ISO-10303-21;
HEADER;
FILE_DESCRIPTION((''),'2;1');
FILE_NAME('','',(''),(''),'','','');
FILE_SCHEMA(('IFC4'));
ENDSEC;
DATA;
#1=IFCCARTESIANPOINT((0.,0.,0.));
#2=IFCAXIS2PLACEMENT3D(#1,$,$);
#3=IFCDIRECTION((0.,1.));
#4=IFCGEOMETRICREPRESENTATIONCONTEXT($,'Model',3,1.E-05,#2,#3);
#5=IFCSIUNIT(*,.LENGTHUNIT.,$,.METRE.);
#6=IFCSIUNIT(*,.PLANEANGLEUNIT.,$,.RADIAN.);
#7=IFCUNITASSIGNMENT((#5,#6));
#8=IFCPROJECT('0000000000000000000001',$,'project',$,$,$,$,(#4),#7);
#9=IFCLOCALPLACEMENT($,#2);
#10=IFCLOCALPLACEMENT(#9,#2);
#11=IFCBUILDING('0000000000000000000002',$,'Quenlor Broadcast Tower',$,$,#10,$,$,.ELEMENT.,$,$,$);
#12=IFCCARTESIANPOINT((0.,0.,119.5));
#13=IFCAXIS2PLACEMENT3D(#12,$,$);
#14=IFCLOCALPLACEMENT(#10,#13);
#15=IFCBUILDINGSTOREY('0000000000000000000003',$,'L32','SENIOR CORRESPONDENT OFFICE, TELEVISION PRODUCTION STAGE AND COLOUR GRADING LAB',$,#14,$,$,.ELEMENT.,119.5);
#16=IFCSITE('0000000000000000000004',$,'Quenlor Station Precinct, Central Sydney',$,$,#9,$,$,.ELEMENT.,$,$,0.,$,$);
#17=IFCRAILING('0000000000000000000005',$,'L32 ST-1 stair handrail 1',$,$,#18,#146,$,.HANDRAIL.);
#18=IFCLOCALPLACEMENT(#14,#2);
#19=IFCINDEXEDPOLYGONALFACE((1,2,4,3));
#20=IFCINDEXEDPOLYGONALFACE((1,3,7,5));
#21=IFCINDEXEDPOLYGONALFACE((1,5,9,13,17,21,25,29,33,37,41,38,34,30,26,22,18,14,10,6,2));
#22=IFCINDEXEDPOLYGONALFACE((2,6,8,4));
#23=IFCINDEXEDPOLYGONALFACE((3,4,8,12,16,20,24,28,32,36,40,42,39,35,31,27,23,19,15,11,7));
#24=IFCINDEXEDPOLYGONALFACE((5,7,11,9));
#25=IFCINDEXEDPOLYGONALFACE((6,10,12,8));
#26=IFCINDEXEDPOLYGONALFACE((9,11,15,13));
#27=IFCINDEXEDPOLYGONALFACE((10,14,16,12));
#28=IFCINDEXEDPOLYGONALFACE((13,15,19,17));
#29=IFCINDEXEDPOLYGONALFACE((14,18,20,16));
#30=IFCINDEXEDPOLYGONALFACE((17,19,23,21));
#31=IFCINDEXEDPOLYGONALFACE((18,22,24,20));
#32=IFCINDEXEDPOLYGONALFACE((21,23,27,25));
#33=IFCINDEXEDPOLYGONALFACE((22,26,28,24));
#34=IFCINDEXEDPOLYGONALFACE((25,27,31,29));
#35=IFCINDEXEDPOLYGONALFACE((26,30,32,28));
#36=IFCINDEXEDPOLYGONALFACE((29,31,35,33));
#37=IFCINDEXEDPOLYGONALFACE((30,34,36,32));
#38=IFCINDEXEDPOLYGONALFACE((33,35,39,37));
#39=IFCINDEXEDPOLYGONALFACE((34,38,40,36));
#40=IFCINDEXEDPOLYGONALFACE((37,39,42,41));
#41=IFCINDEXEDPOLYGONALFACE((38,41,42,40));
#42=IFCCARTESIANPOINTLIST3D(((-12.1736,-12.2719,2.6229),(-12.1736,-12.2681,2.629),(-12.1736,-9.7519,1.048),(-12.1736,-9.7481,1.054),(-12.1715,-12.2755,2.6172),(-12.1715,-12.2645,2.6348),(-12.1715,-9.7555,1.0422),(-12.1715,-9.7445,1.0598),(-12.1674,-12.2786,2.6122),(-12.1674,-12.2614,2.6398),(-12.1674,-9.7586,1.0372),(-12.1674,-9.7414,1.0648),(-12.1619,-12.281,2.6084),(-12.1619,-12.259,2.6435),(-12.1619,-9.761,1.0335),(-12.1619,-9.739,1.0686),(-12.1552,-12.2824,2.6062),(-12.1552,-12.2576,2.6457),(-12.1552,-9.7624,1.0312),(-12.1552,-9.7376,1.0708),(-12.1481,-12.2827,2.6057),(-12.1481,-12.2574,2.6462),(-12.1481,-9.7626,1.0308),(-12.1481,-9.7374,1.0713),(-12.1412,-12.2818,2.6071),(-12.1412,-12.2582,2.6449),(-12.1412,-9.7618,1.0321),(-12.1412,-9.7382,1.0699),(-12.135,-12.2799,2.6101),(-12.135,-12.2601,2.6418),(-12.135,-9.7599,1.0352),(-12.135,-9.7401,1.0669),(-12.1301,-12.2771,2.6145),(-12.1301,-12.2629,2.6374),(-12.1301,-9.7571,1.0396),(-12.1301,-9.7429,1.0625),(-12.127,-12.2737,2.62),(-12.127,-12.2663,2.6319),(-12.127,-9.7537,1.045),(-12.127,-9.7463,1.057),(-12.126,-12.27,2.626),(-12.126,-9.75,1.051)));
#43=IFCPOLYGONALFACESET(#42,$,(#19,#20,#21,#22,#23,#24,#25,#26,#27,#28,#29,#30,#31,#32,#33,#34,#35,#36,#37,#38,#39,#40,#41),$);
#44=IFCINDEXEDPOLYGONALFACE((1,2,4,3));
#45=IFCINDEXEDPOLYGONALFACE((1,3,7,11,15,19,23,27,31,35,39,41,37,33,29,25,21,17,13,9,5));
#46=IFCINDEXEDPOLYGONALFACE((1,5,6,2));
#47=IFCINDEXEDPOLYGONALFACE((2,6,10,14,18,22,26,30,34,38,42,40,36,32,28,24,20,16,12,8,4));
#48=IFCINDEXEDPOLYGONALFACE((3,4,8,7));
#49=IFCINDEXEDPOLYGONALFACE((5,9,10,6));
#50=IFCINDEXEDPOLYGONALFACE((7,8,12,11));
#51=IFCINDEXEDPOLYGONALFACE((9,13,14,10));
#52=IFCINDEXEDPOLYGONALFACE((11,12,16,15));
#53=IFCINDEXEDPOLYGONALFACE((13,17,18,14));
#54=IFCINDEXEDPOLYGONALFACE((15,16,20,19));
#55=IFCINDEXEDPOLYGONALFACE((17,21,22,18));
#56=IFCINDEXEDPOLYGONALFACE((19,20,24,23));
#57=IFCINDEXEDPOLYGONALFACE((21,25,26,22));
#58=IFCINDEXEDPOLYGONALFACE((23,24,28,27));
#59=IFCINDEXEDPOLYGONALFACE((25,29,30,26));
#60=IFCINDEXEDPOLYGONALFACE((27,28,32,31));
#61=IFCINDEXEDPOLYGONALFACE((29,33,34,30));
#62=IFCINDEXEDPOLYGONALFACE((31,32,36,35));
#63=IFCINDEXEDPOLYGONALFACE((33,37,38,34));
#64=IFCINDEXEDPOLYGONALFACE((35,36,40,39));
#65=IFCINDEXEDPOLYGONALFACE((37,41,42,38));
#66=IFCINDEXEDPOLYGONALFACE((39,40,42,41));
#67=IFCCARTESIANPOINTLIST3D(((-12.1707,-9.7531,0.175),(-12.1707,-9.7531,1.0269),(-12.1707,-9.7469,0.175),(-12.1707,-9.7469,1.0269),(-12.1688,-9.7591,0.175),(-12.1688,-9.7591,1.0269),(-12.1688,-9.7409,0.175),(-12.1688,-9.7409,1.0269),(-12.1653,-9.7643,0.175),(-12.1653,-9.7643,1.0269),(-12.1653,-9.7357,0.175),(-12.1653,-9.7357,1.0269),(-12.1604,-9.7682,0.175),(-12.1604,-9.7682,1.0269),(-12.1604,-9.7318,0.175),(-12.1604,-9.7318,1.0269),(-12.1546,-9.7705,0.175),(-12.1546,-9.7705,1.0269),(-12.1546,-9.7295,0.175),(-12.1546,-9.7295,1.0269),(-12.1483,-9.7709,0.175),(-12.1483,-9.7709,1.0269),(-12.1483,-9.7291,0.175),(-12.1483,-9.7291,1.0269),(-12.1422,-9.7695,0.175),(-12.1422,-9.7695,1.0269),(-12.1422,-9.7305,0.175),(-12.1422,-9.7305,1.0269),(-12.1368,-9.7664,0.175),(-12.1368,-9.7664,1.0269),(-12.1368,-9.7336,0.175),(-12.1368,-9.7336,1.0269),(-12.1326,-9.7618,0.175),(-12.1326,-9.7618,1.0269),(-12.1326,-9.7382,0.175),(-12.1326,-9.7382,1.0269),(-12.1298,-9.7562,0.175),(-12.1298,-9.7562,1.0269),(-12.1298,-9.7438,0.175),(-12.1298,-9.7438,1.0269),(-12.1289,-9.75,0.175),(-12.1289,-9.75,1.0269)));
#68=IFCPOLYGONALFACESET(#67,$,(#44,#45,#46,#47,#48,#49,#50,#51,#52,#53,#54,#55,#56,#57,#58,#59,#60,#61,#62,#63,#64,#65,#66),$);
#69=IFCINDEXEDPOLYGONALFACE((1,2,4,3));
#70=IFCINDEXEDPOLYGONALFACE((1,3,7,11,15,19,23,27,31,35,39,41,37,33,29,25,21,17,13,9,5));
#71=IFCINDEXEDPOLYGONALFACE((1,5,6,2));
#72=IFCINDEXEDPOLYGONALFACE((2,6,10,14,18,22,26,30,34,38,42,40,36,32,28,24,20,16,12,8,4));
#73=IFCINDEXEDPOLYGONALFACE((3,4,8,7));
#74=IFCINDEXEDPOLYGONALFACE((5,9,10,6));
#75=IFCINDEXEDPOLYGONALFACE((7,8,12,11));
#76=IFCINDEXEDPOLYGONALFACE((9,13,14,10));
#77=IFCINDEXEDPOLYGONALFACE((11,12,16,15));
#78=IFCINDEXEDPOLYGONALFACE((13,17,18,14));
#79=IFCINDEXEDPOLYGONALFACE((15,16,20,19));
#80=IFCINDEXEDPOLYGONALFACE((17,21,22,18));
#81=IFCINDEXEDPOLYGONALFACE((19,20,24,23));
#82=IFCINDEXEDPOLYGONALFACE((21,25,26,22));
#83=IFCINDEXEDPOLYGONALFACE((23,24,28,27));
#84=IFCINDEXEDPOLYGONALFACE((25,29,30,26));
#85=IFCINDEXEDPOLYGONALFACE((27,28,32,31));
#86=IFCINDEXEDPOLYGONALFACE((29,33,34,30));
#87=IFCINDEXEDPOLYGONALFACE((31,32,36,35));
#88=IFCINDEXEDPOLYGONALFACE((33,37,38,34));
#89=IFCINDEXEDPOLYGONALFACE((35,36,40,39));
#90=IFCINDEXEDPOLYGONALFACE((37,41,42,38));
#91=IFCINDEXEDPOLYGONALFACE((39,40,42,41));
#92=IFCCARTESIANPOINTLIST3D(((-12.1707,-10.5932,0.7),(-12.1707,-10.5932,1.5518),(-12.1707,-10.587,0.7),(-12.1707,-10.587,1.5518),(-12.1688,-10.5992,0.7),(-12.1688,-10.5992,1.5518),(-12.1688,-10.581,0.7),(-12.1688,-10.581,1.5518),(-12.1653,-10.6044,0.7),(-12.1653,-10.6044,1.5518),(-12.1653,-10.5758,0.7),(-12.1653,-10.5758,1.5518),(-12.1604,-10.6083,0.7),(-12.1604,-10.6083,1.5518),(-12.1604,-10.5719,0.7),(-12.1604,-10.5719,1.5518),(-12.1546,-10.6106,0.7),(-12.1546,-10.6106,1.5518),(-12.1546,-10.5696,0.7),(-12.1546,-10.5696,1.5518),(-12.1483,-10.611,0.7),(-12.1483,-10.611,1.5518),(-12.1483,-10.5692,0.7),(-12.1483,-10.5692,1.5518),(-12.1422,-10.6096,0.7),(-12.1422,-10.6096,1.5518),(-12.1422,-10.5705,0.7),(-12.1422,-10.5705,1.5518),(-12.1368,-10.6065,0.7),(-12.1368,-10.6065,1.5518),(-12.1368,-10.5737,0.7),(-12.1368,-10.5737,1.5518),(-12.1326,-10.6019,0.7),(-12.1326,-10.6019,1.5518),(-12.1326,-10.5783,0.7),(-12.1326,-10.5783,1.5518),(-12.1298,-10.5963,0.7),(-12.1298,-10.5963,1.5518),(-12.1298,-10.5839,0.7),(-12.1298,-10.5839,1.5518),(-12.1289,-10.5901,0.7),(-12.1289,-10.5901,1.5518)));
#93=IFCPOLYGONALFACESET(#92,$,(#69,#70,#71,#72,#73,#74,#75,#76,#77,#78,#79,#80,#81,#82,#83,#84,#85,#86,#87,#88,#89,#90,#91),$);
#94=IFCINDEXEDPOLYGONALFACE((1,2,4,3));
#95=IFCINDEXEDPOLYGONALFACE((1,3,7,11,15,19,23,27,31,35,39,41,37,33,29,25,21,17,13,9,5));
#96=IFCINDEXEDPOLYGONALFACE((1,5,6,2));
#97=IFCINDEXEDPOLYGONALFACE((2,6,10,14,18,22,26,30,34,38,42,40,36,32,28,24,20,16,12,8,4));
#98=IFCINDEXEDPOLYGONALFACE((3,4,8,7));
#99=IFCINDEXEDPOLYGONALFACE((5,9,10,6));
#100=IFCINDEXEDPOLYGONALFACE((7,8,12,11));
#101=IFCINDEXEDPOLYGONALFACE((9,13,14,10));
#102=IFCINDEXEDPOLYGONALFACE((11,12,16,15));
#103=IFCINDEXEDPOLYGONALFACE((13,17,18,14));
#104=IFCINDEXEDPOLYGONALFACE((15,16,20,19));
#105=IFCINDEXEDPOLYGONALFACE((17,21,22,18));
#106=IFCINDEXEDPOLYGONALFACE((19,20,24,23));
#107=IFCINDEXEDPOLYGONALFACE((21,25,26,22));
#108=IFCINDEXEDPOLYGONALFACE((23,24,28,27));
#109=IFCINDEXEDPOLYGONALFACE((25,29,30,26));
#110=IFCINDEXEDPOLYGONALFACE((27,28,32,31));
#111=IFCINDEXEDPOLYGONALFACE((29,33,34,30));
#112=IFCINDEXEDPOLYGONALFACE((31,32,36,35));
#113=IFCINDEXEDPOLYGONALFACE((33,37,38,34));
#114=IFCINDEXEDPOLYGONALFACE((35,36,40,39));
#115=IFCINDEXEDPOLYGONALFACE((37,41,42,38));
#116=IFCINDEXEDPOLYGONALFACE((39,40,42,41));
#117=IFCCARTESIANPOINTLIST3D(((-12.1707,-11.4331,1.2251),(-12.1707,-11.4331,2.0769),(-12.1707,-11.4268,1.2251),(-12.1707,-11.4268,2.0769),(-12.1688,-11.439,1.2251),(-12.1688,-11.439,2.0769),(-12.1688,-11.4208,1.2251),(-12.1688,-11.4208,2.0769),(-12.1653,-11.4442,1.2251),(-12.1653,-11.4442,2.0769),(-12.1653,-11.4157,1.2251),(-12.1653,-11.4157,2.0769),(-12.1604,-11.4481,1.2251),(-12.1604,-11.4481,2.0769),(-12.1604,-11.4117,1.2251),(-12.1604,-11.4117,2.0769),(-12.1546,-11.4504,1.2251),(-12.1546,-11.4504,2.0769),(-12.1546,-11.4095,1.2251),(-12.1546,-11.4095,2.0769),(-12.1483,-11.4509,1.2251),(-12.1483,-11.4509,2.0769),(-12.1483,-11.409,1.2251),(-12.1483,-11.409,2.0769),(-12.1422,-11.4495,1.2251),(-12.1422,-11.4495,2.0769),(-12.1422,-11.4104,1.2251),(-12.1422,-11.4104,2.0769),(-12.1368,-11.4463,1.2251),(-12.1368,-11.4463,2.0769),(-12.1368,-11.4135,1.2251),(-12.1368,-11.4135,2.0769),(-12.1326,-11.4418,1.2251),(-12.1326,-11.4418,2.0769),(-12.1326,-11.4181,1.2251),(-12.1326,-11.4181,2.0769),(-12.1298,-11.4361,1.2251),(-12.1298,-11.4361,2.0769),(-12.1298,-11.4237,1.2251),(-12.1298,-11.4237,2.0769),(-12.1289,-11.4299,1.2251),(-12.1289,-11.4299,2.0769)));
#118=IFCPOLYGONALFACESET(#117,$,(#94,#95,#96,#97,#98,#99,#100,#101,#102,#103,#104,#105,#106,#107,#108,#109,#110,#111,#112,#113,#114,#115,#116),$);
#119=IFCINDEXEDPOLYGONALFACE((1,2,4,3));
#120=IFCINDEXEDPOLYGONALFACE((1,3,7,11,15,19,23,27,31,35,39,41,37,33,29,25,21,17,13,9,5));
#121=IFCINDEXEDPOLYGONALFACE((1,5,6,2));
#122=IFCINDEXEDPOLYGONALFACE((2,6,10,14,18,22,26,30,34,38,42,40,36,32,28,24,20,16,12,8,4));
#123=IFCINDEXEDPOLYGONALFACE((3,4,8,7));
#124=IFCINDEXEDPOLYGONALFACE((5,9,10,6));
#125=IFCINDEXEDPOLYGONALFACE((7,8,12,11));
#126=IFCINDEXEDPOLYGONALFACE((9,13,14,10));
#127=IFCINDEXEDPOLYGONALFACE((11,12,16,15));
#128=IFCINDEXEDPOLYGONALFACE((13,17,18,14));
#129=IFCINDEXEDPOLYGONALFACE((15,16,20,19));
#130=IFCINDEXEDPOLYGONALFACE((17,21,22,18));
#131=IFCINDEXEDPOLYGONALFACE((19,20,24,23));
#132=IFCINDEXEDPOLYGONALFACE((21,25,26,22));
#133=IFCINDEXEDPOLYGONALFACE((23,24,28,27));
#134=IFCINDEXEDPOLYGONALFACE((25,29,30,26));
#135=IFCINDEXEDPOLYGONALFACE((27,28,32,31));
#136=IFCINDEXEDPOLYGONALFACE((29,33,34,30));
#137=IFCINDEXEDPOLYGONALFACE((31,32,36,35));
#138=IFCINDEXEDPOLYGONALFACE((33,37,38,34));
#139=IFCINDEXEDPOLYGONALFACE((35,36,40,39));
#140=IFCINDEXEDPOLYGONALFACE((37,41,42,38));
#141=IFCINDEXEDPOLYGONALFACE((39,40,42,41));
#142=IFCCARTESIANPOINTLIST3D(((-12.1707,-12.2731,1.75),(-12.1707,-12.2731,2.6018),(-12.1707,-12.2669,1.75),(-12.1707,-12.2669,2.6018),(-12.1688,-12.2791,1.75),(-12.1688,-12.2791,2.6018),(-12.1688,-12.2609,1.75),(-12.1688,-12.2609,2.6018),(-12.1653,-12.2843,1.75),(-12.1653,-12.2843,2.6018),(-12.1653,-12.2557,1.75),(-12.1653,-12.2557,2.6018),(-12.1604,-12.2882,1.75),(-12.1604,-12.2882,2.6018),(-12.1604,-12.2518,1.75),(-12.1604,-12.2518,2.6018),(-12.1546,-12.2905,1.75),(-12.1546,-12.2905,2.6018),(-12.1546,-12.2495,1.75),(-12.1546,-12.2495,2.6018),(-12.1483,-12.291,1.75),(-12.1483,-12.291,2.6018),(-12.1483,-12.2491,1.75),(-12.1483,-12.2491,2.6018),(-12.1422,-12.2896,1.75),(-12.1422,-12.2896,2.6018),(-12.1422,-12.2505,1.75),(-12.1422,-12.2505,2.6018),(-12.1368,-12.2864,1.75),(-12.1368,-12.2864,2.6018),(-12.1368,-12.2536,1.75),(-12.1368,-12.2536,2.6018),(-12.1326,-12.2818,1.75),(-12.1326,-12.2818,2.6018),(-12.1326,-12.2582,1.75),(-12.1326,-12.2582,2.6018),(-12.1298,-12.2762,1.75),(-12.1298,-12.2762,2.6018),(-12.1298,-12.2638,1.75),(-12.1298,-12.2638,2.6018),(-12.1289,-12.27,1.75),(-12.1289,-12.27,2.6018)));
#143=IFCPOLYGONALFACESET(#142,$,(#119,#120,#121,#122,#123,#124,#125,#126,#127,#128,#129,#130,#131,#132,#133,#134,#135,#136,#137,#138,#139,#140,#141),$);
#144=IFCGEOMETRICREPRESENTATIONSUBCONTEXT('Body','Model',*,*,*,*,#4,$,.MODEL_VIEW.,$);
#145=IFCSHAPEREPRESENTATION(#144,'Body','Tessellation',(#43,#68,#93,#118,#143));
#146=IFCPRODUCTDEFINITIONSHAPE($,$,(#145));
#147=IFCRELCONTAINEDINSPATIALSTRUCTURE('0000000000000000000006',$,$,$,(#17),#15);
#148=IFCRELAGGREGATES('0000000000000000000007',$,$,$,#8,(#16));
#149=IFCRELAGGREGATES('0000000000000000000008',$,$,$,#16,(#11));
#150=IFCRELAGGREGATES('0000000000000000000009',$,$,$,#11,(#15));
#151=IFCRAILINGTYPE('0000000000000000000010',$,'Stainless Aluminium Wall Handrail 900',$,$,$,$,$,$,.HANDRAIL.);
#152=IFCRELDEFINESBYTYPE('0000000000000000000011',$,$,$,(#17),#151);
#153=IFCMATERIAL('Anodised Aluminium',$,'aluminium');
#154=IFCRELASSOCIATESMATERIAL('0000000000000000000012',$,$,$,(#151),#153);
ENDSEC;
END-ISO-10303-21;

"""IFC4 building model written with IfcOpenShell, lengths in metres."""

from ifc_helpers import new_model, si_unit, direction, frame, origin, origin_2d, place, context, subcontext, project, spatial, circle, extrude, material, type_object, element, save


model = new_model("IFC4")

# Units and contexts
model_context = context("Model", 3, precision=1e-05, world=origin(), true_north=direction((0.0, 1.0)))
body_context = subcontext(model_context, "Body", "Model", "MODEL_VIEW")
ifc_project = project(units=[si_unit("LENGTHUNIT", "METRE"), si_unit("PLANEANGLEUNIT", "RADIAN")], contexts=[model_context])

# Site, building, storey
site_placement = place(None, origin())
site = spatial("IfcSite", under=ifc_project, at=site_placement, Name="Quenlor Station Precinct, Central Sydney", CompositionType="ELEMENT", RefElevation=0.0)
building_placement = place(site_placement, origin())
building = spatial("IfcBuilding", under=site, at=building_placement, Name="Quenlor Broadcast Tower", CompositionType="ELEMENT")
storey_placement = place(building_placement, frame((0.0, 0.0, 119.5)))
storey = spatial("IfcBuildingStorey", under=building, at=storey_placement, Name="L32", Description="SENIOR CORRESPONDENT OFFICE, TELEVISION PRODUCTION STAGE AND COLOUR GRADING LAB", CompositionType="ELEMENT", Elevation=119.5)

# Railing
ifc_material_1 = material(Name="Anodised Aluminium", Category="aluminium")
railing_type_1 = type_object("IfcRailingType", Name="Stainless Aluminium Wall Handrail 900", PredefinedType="HANDRAIL", material=ifc_material_1)
railing_1_placement = place(storey_placement, frame((-12.1499, -9.75, 0.175)))
element("IfcRailing", 1, at=railing_1_placement, inside=storey, type_object=railing_type_1, Name="L32 ST-1 stair handrail 1", PredefinedType="HANDRAIL", context=body_context, shape_type="SweptSolid", body=[
    extrude(circle(Radius=0.0239, at=origin_2d()), frame((0.0, 0.0, 0.876), z_axis=(0.0, -0.848008, 0.529984), x_axis=(1.0, 0.0, 0.0)), (0.0, 0.0, 1.0), 2.9717),
    extrude(circle(Radius=0.021, at=origin_2d()), origin(), (0.0, 0.0, 1.0), 0.8518),
    extrude(circle(Radius=0.021, at=origin_2d()), frame((0.0, -0.8401, 0.5249)), (0.0, 0.0, 1.0), 0.8518),
    extrude(circle(Radius=0.021, at=origin_2d()), frame((0.0, -1.6799, 1.05)), (0.0, 0.0, 1.0), 0.8518),
    extrude(circle(Radius=0.021, at=origin_2d()), frame((0.0, -2.52, 1.575)), (0.0, 0.0, 1.0), 0.8518),
])

save(model, "model.ifc")
